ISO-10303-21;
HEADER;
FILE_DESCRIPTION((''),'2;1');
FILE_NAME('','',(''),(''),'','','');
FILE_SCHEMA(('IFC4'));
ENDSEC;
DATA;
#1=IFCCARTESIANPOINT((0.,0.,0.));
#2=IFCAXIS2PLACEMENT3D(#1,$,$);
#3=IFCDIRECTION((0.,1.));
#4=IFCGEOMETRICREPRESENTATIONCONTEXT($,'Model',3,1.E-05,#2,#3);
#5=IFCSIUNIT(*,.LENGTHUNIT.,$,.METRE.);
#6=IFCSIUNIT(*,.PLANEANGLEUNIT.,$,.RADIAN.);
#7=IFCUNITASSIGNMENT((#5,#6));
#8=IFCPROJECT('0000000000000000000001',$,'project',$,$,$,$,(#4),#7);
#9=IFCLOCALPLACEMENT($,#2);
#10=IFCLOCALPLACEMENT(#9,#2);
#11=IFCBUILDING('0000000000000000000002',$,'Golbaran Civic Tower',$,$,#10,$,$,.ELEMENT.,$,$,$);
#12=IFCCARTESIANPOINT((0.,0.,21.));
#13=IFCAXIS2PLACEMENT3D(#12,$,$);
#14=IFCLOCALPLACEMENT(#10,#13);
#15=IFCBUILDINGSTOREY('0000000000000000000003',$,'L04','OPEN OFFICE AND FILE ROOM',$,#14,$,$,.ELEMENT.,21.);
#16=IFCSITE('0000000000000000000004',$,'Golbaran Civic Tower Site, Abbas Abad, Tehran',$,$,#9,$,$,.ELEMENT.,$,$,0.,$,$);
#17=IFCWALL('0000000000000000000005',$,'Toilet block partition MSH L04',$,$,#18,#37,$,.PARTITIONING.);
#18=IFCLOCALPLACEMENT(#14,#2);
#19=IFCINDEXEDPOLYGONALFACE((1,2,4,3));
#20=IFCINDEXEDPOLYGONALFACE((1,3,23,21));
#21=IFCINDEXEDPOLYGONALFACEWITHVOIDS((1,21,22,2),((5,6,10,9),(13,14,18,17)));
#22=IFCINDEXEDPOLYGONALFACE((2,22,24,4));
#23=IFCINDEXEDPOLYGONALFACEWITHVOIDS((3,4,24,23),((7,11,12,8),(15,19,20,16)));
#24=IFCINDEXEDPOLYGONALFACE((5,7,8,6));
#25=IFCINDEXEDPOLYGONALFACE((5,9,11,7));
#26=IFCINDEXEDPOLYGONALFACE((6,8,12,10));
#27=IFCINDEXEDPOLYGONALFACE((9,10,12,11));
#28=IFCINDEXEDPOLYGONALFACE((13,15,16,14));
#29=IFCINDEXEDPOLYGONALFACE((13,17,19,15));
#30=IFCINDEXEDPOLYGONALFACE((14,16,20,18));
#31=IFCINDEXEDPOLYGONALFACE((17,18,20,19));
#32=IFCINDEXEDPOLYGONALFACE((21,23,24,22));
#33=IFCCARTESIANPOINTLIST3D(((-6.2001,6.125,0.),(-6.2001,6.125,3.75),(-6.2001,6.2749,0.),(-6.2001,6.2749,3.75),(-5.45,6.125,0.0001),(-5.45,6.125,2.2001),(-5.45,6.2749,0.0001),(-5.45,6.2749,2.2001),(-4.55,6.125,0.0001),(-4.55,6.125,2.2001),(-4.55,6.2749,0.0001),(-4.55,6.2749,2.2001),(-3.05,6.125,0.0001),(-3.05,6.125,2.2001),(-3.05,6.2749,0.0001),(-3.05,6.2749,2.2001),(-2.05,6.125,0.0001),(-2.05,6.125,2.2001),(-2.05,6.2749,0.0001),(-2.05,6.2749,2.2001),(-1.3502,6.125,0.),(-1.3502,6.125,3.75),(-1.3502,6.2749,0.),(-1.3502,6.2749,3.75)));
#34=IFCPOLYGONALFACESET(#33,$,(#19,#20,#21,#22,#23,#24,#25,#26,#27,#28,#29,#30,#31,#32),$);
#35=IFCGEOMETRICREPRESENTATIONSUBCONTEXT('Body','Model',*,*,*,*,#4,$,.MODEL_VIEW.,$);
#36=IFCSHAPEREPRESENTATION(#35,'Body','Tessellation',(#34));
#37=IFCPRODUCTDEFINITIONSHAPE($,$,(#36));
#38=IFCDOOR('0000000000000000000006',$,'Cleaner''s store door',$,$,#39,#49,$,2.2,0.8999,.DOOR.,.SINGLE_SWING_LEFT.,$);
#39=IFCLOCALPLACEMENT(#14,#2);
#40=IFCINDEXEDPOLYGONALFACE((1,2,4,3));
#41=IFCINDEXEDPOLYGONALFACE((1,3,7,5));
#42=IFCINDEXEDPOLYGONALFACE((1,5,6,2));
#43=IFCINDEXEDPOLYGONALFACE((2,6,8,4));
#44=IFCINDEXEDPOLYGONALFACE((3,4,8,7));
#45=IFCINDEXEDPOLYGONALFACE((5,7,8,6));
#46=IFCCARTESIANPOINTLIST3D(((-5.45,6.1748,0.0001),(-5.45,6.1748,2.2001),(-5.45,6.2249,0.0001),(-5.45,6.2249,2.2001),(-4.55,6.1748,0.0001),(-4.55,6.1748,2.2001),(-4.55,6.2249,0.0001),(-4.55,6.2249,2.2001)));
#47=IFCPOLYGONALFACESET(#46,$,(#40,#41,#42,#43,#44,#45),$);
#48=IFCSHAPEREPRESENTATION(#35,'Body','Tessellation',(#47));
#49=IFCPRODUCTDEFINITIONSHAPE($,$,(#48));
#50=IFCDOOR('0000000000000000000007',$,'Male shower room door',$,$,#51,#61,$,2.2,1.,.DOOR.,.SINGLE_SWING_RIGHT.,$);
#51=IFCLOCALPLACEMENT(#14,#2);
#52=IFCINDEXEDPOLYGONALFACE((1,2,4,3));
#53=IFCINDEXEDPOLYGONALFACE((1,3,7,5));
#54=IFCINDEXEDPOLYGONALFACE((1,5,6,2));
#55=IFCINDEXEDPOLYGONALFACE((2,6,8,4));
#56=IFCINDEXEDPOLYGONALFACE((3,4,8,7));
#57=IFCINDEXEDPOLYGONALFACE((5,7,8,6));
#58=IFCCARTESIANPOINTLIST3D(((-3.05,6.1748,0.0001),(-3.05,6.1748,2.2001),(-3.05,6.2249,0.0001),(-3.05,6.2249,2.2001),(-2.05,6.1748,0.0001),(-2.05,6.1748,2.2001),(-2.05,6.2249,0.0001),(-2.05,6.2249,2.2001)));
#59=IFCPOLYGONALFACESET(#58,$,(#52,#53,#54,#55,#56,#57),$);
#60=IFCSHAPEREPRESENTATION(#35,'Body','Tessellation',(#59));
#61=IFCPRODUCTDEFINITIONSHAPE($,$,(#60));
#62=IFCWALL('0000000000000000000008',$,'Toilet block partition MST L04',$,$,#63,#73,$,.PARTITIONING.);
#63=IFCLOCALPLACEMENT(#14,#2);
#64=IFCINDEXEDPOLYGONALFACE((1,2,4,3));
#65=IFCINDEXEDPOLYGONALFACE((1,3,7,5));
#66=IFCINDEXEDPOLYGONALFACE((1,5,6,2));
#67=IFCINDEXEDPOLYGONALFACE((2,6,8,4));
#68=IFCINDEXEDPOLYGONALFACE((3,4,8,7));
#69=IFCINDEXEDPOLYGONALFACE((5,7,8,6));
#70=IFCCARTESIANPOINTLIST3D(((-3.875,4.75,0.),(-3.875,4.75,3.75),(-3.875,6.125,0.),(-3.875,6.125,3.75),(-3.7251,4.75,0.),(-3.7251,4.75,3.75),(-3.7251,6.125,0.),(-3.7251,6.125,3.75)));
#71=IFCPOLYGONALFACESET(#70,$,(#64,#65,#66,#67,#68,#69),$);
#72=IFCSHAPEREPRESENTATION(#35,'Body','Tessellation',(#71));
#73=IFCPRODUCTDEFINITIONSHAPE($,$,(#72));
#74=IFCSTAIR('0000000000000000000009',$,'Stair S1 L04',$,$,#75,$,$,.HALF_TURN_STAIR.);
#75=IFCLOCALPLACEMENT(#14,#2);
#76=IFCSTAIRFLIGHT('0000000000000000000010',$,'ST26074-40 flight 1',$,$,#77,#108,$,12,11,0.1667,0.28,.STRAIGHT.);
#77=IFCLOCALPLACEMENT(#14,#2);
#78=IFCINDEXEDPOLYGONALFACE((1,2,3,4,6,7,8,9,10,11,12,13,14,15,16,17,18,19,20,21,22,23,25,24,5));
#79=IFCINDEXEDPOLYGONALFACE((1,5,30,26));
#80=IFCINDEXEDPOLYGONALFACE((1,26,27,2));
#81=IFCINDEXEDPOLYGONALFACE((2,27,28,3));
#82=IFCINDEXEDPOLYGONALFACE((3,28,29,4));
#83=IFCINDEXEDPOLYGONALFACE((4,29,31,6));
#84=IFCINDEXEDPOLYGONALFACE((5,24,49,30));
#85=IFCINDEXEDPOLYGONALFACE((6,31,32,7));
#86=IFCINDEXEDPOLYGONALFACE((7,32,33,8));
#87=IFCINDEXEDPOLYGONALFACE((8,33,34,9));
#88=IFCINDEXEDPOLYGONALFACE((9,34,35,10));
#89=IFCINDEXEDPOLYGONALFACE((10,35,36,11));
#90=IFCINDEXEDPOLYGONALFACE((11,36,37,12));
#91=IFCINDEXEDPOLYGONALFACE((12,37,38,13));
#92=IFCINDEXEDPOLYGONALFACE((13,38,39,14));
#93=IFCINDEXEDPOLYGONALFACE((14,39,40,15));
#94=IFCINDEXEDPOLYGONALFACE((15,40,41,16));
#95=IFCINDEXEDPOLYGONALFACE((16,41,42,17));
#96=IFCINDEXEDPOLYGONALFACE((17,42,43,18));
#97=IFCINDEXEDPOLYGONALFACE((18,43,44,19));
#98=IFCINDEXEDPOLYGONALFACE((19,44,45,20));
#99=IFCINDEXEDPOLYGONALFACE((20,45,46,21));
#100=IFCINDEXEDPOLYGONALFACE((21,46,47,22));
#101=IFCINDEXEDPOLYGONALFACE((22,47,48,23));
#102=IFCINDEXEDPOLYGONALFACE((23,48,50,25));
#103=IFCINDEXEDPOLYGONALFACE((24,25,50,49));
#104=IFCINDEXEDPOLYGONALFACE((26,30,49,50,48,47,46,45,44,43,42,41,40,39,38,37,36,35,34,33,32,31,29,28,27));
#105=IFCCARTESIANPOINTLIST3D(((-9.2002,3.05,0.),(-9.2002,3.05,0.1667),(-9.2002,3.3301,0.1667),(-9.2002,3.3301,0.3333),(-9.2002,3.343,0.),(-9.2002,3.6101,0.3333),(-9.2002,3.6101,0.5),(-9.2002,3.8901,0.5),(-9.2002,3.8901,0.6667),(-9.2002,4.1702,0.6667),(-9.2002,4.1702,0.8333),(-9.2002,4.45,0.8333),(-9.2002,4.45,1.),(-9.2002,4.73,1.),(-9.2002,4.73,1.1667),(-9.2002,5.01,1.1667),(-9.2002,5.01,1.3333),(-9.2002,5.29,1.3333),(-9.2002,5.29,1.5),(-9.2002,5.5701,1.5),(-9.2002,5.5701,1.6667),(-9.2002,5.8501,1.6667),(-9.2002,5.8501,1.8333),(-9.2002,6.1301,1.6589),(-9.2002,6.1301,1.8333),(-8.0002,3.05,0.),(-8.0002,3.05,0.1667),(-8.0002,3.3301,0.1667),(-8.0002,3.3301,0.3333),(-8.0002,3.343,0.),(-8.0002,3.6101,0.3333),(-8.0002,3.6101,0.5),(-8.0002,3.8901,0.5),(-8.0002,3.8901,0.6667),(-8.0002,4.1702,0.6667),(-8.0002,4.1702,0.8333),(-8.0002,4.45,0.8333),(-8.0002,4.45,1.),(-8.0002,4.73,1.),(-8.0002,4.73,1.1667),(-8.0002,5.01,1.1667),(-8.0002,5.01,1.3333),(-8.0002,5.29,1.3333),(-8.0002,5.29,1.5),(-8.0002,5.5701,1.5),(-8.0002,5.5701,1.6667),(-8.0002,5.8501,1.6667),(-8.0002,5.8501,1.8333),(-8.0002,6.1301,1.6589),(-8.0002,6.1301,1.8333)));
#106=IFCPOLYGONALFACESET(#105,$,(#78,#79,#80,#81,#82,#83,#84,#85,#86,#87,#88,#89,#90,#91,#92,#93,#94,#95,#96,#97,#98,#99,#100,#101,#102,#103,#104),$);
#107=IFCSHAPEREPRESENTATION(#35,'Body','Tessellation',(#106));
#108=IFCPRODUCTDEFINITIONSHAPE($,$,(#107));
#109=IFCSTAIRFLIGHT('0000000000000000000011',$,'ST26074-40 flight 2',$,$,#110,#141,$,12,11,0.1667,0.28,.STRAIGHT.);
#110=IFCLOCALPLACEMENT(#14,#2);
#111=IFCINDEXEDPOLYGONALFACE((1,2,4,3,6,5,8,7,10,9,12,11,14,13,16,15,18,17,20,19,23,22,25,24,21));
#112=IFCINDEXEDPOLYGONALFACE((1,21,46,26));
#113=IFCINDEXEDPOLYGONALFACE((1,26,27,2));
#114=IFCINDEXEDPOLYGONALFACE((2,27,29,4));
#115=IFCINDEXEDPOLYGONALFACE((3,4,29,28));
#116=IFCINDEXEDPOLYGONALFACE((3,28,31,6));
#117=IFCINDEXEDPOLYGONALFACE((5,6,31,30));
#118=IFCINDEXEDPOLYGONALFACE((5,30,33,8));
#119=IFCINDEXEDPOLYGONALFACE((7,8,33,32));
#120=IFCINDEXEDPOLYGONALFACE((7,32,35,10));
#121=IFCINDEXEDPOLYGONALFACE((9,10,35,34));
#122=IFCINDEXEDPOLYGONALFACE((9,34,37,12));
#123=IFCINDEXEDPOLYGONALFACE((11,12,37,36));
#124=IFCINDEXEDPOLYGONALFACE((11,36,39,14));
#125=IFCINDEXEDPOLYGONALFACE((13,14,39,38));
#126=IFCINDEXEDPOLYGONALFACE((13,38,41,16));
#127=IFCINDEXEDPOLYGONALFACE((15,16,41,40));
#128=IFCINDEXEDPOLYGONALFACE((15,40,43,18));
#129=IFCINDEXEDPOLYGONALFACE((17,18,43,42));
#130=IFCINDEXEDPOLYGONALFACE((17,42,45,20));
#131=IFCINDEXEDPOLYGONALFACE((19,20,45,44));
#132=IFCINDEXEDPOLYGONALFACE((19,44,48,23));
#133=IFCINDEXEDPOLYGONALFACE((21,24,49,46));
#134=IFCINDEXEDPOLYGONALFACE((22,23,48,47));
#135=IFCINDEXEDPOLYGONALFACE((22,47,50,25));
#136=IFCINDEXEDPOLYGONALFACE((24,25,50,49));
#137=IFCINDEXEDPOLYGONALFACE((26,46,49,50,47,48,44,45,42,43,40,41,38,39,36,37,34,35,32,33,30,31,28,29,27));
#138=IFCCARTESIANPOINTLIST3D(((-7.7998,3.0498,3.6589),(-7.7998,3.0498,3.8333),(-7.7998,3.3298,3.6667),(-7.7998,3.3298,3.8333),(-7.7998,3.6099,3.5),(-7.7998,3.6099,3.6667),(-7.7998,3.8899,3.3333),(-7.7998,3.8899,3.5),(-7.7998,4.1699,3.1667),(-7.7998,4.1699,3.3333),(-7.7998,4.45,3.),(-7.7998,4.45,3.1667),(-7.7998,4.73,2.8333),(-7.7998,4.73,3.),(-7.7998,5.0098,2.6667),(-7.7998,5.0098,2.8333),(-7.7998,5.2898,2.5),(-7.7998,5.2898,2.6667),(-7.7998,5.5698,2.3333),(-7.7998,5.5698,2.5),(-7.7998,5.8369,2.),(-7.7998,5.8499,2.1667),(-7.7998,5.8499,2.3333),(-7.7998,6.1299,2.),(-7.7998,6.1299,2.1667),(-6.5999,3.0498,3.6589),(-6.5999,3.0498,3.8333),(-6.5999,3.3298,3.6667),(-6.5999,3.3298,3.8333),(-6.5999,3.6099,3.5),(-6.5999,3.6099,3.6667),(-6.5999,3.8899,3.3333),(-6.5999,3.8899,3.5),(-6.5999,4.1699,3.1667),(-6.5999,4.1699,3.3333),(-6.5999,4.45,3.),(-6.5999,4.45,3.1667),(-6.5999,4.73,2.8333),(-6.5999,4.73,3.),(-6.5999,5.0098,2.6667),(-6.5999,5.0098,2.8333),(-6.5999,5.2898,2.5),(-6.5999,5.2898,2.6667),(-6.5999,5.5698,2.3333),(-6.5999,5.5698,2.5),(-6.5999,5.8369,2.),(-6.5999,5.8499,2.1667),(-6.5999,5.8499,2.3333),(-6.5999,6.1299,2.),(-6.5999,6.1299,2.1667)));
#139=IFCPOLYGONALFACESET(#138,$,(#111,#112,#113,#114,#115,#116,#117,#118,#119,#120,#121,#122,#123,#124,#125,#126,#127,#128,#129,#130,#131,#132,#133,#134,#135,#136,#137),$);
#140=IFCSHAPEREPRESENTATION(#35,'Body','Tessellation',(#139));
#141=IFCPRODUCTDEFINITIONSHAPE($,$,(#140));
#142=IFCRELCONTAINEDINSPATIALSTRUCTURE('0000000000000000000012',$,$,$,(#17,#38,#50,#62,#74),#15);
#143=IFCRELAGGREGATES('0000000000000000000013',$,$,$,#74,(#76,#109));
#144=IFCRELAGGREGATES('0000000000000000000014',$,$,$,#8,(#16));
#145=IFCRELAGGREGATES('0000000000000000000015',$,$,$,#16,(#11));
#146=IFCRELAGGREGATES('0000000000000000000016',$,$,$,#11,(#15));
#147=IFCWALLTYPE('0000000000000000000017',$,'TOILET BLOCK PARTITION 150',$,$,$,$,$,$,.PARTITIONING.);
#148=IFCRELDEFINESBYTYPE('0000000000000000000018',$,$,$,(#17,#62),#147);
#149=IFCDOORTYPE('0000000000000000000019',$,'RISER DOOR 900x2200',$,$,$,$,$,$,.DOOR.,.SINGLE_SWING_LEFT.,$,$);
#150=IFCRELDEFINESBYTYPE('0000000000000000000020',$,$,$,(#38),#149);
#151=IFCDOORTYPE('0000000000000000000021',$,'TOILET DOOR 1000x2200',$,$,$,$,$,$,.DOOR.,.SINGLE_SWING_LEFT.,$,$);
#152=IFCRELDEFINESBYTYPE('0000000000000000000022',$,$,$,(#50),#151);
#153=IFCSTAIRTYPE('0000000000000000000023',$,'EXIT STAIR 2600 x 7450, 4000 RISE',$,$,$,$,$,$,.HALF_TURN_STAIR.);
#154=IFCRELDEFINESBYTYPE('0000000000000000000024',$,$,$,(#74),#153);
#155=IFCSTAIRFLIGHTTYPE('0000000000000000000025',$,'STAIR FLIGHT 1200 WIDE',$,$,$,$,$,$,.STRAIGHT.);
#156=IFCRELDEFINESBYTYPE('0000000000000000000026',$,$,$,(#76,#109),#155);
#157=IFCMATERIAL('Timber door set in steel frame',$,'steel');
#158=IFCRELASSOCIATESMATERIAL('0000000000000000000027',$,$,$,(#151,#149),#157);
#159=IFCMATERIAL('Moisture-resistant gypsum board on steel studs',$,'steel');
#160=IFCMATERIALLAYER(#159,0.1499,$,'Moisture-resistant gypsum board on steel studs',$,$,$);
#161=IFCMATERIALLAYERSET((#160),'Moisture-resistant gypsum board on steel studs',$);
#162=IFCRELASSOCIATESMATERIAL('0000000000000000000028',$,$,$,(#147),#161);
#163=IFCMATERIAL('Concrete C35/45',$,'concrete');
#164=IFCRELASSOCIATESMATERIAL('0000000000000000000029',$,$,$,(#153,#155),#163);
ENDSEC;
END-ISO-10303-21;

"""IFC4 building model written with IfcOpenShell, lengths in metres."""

from ifc_helpers import new_model, si_unit, direction, frame, frame_2d, origin, place, context, subcontext, project, spatial, polyline, rectangle, outline, extrude, material, layer, layer_set, type_object, element, fill, aggregate, save


model = new_model("IFC4")

# Units and contexts
model_context = context("Model", 3, precision=1e-05, world=origin(), true_north=direction((0.0, 1.0)))
body_context = subcontext(model_context, "Body", "Model", "MODEL_VIEW")
ifc_project = project(units=[si_unit("LENGTHUNIT", "METRE"), si_unit("PLANEANGLEUNIT", "RADIAN")], contexts=[model_context])

# Site, building, storey
site_placement = place(None, origin())
site = spatial("IfcSite", under=ifc_project, at=site_placement, Name="Golbaran Civic Tower Site, Abbas Abad, Tehran", CompositionType="ELEMENT", RefElevation=0.0)
building_placement = place(site_placement, origin())
building = spatial("IfcBuilding", under=site, at=building_placement, Name="Golbaran Civic Tower", CompositionType="ELEMENT")
storey_placement = place(building_placement, frame((0.0, 0.0, 21.0)))
storey = spatial("IfcBuildingStorey", under=building, at=storey_placement, Name="L04", Description="OPEN OFFICE AND FILE ROOM", CompositionType="ELEMENT", Elevation=21.0)

# Shared definitions
ifc_material_1 = material(Name="Timber door set in steel frame", Category="steel")

# Shared definitions
door_type_1 = type_object("IfcDoorType", Name="TOILET DOOR 1000x2200", OperationType="SINGLE_SWING_LEFT", PredefinedType="DOOR", material=ifc_material_1)

# Wall, openings, doors
ifc_material_2 = material(Name="Moisture-resistant gypsum board on steel studs", Category="steel")
ifc_layer_1 = layer(ifc_material_2, 0.1499, Name="Moisture-resistant gypsum board on steel studs")
ifc_layer_set_1 = layer_set([ifc_layer_1], Name="Moisture-resistant gypsum board on steel studs")
wall_type_1 = type_object("IfcWallType", Name="TOILET BLOCK PARTITION 150", PredefinedType="PARTITIONING", material=ifc_layer_set_1)
wall_1_placement = place(storey_placement, frame((-6.2, 6.2, 0.0), z_axis=(0.0, 0.0, 1.0), x_axis=(1.0, 0.0, 0.0)))
wall_1 = element("IfcWall", 1, at=wall_1_placement, inside=storey, type_object=wall_type_1, Name="Toilet block partition MSH L04", PredefinedType="PARTITIONING", context=body_context, shape_type="SweptSolid", body=[
    extrude(rectangle(XDim=4.8499, YDim=0.1499, at=frame_2d((2.4248, 0.0))), origin(), (0.0, 0.0, 1.0), 3.75),
])
opening_1_placement = place(wall_1_placement, frame((3.1499, 0.0, 0.0)))
opening_1 = element("IfcOpeningElement", 2, at=opening_1_placement, cuts=wall_1, PredefinedType="OPENING", context=body_context, shape_type="SweptSolid", body=[
    extrude(rectangle(XDim=1.0, YDim=2.2, at=frame_2d((0.5, 1.1001))), frame((0.0, 0.085, 0.0), z_axis=(0.0, -1.0, 0.0), x_axis=(1.0, 0.0, 0.0)), (0.0, 0.0, 1.0), 0.1699),
])
opening_2_placement = place(wall_1_placement, frame((0.75, 0.0, 0.0)))
opening_2 = element("IfcOpeningElement", 3, at=opening_2_placement, cuts=wall_1, PredefinedType="OPENING", context=body_context, shape_type="SweptSolid", body=[
    extrude(rectangle(XDim=0.8999, YDim=2.2, at=frame_2d((0.45, 1.1001))), frame((0.0, 0.085, 0.0), z_axis=(0.0, -1.0, 0.0), x_axis=(1.0, 0.0, 0.0)), (0.0, 0.0, 1.0), 0.1699),
])
door_type_2 = type_object("IfcDoorType", Name="RISER DOOR 900x2200", OperationType="SINGLE_SWING_LEFT", PredefinedType="DOOR", material=ifc_material_1)
door_1_placement = place(opening_2_placement, origin())
door_1 = element("IfcDoor", 4, at=door_1_placement, inside=storey, type_object=door_type_2, Name="Cleaner's store door", OperationType="SINGLE_SWING_LEFT", OverallHeight=2.2, OverallWidth=0.8999, PredefinedType="DOOR", context=body_context, shape_type="SweptSolid", body=[
    extrude(rectangle(XDim=0.8999, YDim=2.2, at=frame_2d((0.45, 1.1001))), frame((0.0, 0.0249, 0.0), z_axis=(0.0, -1.0, 0.0), x_axis=(1.0, 0.0, 0.0)), (0.0, 0.0, 1.0), 0.05),
])
fill(opening_2, door_1)
door_2_placement = place(opening_1_placement, origin())
door_2 = element("IfcDoor", 5, at=door_2_placement, inside=storey, type_object=door_type_1, Name="Male shower room door", OperationType="SINGLE_SWING_RIGHT", OverallHeight=2.2, OverallWidth=1.0, PredefinedType="DOOR", context=body_context, shape_type="SweptSolid", body=[
    extrude(rectangle(XDim=1.0, YDim=2.2, at=frame_2d((0.5, 1.1001))), frame((0.0, 0.0249, 0.0), z_axis=(0.0, -1.0, 0.0), x_axis=(1.0, 0.0, 0.0)), (0.0, 0.0, 1.0), 0.05),
])
fill(opening_1, door_2)

# Wall
wall_2_placement = place(storey_placement, frame((-3.8, 4.75, 0.0), z_axis=(0.0, 0.0, 1.0), x_axis=(0.0, 1.0, 0.0)))
element("IfcWall", 6, at=wall_2_placement, inside=storey, type_object=wall_type_1, Name="Toilet block partition MST L04", PredefinedType="PARTITIONING", context=body_context, shape_type="SweptSolid", body=[
    extrude(rectangle(XDim=1.375, YDim=0.1499, at=frame_2d((0.6875, 0.0))), origin(), (0.0, 0.0, 1.0), 3.75),
])

# Stair, stair flights
ifc_material_3 = material(Name="Concrete C35/45", Category="concrete")
stair_type = type_object("IfcStairType", Name="EXIT STAIR 2600 x 7450, 4000 RISE", PredefinedType="HALF_TURN_STAIR", material=ifc_material_3)
stair_placement = place(storey_placement, origin())
stair = element("IfcStair", 7, at=stair_placement, inside=storey, type_object=stair_type, Name="Stair S1 L04", PredefinedType="HALF_TURN_STAIR")
stair_flight_type = type_object("IfcStairFlightType", Name="STAIR FLIGHT 1200 WIDE", PredefinedType="STRAIGHT", material=ifc_material_3)
stair_flight_1_placement = place(storey_placement, frame((-8.6001, 3.05, 0.0), z_axis=(0.0, 0.0, 1.0), x_axis=(0.0, 1.0, 0.0)))
stair_flight_1 = element("IfcStairFlight", 8, at=stair_flight_1_placement, type_object=stair_flight_type, Name="ST26074-40 flight 1", NumberOfRisers=12, NumberOfTreads=11, PredefinedType="STRAIGHT", RiserHeight=0.1667, TreadLength=0.28, context=body_context, shape_type="SweptSolid", body=[
    extrude(outline(polyline([(0.0, 0.0), (0.0, 0.1667), (0.28, 0.1667), (0.28, 0.3333), (0.5601, 0.3333), (0.5601, 0.5), (0.8401, 0.5), (0.8401, 0.6667), (1.1201, 0.6667), (1.1201, 0.8333), (1.3999, 0.8333), (1.3999, 1.0), (1.6799, 1.0), (1.6799, 1.1667), (1.96, 1.1667), (1.96, 1.3333), (2.24, 1.3333), (2.24, 1.5), (2.52, 1.5), (2.52, 1.6667), (2.8, 1.6667), (2.8, 1.8333), (3.0801, 1.8333), (3.0801, 2.0), (3.0801, 1.6589), (0.293, 0.0), (0.0, 0.0)])), frame((0.0, 0.6001, 0.0), z_axis=(0.0, -1.0, 0.0), x_axis=(1.0, 0.0, 0.0)), (0.0, 0.0, 1.0), 1.2),
])
stair_flight_2_placement = place(storey_placement, frame((-7.2, 6.1299, 2.0), z_axis=(0.0, 0.0, 1.0), x_axis=(0.0, -1.0, 0.0)))
stair_flight_2 = element("IfcStairFlight", 9, at=stair_flight_2_placement, type_object=stair_flight_type, Name="ST26074-40 flight 2", NumberOfRisers=12, NumberOfTreads=11, PredefinedType="STRAIGHT", RiserHeight=0.1667, TreadLength=0.28, context=body_context, shape_type="SweptSolid", body=[
    extrude(outline(polyline([(0.0, 0.0), (0.0, 0.1667), (0.28, 0.1667), (0.28, 0.3333), (0.5601, 0.3333), (0.5601, 0.5), (0.8401, 0.5), (0.8401, 0.6667), (1.1201, 0.6667), (1.1201, 0.8333), (1.3999, 0.8333), (1.3999, 1.0), (1.6799, 1.0), (1.6799, 1.1667), (1.96, 1.1667), (1.96, 1.3333), (2.24, 1.3333), (2.24, 1.5), (2.52, 1.5), (2.52, 1.6667), (2.8, 1.6667), (2.8, 1.8333), (3.0801, 1.8333), (3.0801, 2.0), (3.0801, 1.6589), (0.293, 0.0), (0.0, 0.0)])), frame((0.0, 0.6001, 0.0), z_axis=(0.0, -1.0, 0.0), x_axis=(1.0, 0.0, 0.0)), (0.0, 0.0, 1.0), 1.2),
])
aggregate(stair, [stair_flight_1, stair_flight_2])

save(model, "model.ifc")
